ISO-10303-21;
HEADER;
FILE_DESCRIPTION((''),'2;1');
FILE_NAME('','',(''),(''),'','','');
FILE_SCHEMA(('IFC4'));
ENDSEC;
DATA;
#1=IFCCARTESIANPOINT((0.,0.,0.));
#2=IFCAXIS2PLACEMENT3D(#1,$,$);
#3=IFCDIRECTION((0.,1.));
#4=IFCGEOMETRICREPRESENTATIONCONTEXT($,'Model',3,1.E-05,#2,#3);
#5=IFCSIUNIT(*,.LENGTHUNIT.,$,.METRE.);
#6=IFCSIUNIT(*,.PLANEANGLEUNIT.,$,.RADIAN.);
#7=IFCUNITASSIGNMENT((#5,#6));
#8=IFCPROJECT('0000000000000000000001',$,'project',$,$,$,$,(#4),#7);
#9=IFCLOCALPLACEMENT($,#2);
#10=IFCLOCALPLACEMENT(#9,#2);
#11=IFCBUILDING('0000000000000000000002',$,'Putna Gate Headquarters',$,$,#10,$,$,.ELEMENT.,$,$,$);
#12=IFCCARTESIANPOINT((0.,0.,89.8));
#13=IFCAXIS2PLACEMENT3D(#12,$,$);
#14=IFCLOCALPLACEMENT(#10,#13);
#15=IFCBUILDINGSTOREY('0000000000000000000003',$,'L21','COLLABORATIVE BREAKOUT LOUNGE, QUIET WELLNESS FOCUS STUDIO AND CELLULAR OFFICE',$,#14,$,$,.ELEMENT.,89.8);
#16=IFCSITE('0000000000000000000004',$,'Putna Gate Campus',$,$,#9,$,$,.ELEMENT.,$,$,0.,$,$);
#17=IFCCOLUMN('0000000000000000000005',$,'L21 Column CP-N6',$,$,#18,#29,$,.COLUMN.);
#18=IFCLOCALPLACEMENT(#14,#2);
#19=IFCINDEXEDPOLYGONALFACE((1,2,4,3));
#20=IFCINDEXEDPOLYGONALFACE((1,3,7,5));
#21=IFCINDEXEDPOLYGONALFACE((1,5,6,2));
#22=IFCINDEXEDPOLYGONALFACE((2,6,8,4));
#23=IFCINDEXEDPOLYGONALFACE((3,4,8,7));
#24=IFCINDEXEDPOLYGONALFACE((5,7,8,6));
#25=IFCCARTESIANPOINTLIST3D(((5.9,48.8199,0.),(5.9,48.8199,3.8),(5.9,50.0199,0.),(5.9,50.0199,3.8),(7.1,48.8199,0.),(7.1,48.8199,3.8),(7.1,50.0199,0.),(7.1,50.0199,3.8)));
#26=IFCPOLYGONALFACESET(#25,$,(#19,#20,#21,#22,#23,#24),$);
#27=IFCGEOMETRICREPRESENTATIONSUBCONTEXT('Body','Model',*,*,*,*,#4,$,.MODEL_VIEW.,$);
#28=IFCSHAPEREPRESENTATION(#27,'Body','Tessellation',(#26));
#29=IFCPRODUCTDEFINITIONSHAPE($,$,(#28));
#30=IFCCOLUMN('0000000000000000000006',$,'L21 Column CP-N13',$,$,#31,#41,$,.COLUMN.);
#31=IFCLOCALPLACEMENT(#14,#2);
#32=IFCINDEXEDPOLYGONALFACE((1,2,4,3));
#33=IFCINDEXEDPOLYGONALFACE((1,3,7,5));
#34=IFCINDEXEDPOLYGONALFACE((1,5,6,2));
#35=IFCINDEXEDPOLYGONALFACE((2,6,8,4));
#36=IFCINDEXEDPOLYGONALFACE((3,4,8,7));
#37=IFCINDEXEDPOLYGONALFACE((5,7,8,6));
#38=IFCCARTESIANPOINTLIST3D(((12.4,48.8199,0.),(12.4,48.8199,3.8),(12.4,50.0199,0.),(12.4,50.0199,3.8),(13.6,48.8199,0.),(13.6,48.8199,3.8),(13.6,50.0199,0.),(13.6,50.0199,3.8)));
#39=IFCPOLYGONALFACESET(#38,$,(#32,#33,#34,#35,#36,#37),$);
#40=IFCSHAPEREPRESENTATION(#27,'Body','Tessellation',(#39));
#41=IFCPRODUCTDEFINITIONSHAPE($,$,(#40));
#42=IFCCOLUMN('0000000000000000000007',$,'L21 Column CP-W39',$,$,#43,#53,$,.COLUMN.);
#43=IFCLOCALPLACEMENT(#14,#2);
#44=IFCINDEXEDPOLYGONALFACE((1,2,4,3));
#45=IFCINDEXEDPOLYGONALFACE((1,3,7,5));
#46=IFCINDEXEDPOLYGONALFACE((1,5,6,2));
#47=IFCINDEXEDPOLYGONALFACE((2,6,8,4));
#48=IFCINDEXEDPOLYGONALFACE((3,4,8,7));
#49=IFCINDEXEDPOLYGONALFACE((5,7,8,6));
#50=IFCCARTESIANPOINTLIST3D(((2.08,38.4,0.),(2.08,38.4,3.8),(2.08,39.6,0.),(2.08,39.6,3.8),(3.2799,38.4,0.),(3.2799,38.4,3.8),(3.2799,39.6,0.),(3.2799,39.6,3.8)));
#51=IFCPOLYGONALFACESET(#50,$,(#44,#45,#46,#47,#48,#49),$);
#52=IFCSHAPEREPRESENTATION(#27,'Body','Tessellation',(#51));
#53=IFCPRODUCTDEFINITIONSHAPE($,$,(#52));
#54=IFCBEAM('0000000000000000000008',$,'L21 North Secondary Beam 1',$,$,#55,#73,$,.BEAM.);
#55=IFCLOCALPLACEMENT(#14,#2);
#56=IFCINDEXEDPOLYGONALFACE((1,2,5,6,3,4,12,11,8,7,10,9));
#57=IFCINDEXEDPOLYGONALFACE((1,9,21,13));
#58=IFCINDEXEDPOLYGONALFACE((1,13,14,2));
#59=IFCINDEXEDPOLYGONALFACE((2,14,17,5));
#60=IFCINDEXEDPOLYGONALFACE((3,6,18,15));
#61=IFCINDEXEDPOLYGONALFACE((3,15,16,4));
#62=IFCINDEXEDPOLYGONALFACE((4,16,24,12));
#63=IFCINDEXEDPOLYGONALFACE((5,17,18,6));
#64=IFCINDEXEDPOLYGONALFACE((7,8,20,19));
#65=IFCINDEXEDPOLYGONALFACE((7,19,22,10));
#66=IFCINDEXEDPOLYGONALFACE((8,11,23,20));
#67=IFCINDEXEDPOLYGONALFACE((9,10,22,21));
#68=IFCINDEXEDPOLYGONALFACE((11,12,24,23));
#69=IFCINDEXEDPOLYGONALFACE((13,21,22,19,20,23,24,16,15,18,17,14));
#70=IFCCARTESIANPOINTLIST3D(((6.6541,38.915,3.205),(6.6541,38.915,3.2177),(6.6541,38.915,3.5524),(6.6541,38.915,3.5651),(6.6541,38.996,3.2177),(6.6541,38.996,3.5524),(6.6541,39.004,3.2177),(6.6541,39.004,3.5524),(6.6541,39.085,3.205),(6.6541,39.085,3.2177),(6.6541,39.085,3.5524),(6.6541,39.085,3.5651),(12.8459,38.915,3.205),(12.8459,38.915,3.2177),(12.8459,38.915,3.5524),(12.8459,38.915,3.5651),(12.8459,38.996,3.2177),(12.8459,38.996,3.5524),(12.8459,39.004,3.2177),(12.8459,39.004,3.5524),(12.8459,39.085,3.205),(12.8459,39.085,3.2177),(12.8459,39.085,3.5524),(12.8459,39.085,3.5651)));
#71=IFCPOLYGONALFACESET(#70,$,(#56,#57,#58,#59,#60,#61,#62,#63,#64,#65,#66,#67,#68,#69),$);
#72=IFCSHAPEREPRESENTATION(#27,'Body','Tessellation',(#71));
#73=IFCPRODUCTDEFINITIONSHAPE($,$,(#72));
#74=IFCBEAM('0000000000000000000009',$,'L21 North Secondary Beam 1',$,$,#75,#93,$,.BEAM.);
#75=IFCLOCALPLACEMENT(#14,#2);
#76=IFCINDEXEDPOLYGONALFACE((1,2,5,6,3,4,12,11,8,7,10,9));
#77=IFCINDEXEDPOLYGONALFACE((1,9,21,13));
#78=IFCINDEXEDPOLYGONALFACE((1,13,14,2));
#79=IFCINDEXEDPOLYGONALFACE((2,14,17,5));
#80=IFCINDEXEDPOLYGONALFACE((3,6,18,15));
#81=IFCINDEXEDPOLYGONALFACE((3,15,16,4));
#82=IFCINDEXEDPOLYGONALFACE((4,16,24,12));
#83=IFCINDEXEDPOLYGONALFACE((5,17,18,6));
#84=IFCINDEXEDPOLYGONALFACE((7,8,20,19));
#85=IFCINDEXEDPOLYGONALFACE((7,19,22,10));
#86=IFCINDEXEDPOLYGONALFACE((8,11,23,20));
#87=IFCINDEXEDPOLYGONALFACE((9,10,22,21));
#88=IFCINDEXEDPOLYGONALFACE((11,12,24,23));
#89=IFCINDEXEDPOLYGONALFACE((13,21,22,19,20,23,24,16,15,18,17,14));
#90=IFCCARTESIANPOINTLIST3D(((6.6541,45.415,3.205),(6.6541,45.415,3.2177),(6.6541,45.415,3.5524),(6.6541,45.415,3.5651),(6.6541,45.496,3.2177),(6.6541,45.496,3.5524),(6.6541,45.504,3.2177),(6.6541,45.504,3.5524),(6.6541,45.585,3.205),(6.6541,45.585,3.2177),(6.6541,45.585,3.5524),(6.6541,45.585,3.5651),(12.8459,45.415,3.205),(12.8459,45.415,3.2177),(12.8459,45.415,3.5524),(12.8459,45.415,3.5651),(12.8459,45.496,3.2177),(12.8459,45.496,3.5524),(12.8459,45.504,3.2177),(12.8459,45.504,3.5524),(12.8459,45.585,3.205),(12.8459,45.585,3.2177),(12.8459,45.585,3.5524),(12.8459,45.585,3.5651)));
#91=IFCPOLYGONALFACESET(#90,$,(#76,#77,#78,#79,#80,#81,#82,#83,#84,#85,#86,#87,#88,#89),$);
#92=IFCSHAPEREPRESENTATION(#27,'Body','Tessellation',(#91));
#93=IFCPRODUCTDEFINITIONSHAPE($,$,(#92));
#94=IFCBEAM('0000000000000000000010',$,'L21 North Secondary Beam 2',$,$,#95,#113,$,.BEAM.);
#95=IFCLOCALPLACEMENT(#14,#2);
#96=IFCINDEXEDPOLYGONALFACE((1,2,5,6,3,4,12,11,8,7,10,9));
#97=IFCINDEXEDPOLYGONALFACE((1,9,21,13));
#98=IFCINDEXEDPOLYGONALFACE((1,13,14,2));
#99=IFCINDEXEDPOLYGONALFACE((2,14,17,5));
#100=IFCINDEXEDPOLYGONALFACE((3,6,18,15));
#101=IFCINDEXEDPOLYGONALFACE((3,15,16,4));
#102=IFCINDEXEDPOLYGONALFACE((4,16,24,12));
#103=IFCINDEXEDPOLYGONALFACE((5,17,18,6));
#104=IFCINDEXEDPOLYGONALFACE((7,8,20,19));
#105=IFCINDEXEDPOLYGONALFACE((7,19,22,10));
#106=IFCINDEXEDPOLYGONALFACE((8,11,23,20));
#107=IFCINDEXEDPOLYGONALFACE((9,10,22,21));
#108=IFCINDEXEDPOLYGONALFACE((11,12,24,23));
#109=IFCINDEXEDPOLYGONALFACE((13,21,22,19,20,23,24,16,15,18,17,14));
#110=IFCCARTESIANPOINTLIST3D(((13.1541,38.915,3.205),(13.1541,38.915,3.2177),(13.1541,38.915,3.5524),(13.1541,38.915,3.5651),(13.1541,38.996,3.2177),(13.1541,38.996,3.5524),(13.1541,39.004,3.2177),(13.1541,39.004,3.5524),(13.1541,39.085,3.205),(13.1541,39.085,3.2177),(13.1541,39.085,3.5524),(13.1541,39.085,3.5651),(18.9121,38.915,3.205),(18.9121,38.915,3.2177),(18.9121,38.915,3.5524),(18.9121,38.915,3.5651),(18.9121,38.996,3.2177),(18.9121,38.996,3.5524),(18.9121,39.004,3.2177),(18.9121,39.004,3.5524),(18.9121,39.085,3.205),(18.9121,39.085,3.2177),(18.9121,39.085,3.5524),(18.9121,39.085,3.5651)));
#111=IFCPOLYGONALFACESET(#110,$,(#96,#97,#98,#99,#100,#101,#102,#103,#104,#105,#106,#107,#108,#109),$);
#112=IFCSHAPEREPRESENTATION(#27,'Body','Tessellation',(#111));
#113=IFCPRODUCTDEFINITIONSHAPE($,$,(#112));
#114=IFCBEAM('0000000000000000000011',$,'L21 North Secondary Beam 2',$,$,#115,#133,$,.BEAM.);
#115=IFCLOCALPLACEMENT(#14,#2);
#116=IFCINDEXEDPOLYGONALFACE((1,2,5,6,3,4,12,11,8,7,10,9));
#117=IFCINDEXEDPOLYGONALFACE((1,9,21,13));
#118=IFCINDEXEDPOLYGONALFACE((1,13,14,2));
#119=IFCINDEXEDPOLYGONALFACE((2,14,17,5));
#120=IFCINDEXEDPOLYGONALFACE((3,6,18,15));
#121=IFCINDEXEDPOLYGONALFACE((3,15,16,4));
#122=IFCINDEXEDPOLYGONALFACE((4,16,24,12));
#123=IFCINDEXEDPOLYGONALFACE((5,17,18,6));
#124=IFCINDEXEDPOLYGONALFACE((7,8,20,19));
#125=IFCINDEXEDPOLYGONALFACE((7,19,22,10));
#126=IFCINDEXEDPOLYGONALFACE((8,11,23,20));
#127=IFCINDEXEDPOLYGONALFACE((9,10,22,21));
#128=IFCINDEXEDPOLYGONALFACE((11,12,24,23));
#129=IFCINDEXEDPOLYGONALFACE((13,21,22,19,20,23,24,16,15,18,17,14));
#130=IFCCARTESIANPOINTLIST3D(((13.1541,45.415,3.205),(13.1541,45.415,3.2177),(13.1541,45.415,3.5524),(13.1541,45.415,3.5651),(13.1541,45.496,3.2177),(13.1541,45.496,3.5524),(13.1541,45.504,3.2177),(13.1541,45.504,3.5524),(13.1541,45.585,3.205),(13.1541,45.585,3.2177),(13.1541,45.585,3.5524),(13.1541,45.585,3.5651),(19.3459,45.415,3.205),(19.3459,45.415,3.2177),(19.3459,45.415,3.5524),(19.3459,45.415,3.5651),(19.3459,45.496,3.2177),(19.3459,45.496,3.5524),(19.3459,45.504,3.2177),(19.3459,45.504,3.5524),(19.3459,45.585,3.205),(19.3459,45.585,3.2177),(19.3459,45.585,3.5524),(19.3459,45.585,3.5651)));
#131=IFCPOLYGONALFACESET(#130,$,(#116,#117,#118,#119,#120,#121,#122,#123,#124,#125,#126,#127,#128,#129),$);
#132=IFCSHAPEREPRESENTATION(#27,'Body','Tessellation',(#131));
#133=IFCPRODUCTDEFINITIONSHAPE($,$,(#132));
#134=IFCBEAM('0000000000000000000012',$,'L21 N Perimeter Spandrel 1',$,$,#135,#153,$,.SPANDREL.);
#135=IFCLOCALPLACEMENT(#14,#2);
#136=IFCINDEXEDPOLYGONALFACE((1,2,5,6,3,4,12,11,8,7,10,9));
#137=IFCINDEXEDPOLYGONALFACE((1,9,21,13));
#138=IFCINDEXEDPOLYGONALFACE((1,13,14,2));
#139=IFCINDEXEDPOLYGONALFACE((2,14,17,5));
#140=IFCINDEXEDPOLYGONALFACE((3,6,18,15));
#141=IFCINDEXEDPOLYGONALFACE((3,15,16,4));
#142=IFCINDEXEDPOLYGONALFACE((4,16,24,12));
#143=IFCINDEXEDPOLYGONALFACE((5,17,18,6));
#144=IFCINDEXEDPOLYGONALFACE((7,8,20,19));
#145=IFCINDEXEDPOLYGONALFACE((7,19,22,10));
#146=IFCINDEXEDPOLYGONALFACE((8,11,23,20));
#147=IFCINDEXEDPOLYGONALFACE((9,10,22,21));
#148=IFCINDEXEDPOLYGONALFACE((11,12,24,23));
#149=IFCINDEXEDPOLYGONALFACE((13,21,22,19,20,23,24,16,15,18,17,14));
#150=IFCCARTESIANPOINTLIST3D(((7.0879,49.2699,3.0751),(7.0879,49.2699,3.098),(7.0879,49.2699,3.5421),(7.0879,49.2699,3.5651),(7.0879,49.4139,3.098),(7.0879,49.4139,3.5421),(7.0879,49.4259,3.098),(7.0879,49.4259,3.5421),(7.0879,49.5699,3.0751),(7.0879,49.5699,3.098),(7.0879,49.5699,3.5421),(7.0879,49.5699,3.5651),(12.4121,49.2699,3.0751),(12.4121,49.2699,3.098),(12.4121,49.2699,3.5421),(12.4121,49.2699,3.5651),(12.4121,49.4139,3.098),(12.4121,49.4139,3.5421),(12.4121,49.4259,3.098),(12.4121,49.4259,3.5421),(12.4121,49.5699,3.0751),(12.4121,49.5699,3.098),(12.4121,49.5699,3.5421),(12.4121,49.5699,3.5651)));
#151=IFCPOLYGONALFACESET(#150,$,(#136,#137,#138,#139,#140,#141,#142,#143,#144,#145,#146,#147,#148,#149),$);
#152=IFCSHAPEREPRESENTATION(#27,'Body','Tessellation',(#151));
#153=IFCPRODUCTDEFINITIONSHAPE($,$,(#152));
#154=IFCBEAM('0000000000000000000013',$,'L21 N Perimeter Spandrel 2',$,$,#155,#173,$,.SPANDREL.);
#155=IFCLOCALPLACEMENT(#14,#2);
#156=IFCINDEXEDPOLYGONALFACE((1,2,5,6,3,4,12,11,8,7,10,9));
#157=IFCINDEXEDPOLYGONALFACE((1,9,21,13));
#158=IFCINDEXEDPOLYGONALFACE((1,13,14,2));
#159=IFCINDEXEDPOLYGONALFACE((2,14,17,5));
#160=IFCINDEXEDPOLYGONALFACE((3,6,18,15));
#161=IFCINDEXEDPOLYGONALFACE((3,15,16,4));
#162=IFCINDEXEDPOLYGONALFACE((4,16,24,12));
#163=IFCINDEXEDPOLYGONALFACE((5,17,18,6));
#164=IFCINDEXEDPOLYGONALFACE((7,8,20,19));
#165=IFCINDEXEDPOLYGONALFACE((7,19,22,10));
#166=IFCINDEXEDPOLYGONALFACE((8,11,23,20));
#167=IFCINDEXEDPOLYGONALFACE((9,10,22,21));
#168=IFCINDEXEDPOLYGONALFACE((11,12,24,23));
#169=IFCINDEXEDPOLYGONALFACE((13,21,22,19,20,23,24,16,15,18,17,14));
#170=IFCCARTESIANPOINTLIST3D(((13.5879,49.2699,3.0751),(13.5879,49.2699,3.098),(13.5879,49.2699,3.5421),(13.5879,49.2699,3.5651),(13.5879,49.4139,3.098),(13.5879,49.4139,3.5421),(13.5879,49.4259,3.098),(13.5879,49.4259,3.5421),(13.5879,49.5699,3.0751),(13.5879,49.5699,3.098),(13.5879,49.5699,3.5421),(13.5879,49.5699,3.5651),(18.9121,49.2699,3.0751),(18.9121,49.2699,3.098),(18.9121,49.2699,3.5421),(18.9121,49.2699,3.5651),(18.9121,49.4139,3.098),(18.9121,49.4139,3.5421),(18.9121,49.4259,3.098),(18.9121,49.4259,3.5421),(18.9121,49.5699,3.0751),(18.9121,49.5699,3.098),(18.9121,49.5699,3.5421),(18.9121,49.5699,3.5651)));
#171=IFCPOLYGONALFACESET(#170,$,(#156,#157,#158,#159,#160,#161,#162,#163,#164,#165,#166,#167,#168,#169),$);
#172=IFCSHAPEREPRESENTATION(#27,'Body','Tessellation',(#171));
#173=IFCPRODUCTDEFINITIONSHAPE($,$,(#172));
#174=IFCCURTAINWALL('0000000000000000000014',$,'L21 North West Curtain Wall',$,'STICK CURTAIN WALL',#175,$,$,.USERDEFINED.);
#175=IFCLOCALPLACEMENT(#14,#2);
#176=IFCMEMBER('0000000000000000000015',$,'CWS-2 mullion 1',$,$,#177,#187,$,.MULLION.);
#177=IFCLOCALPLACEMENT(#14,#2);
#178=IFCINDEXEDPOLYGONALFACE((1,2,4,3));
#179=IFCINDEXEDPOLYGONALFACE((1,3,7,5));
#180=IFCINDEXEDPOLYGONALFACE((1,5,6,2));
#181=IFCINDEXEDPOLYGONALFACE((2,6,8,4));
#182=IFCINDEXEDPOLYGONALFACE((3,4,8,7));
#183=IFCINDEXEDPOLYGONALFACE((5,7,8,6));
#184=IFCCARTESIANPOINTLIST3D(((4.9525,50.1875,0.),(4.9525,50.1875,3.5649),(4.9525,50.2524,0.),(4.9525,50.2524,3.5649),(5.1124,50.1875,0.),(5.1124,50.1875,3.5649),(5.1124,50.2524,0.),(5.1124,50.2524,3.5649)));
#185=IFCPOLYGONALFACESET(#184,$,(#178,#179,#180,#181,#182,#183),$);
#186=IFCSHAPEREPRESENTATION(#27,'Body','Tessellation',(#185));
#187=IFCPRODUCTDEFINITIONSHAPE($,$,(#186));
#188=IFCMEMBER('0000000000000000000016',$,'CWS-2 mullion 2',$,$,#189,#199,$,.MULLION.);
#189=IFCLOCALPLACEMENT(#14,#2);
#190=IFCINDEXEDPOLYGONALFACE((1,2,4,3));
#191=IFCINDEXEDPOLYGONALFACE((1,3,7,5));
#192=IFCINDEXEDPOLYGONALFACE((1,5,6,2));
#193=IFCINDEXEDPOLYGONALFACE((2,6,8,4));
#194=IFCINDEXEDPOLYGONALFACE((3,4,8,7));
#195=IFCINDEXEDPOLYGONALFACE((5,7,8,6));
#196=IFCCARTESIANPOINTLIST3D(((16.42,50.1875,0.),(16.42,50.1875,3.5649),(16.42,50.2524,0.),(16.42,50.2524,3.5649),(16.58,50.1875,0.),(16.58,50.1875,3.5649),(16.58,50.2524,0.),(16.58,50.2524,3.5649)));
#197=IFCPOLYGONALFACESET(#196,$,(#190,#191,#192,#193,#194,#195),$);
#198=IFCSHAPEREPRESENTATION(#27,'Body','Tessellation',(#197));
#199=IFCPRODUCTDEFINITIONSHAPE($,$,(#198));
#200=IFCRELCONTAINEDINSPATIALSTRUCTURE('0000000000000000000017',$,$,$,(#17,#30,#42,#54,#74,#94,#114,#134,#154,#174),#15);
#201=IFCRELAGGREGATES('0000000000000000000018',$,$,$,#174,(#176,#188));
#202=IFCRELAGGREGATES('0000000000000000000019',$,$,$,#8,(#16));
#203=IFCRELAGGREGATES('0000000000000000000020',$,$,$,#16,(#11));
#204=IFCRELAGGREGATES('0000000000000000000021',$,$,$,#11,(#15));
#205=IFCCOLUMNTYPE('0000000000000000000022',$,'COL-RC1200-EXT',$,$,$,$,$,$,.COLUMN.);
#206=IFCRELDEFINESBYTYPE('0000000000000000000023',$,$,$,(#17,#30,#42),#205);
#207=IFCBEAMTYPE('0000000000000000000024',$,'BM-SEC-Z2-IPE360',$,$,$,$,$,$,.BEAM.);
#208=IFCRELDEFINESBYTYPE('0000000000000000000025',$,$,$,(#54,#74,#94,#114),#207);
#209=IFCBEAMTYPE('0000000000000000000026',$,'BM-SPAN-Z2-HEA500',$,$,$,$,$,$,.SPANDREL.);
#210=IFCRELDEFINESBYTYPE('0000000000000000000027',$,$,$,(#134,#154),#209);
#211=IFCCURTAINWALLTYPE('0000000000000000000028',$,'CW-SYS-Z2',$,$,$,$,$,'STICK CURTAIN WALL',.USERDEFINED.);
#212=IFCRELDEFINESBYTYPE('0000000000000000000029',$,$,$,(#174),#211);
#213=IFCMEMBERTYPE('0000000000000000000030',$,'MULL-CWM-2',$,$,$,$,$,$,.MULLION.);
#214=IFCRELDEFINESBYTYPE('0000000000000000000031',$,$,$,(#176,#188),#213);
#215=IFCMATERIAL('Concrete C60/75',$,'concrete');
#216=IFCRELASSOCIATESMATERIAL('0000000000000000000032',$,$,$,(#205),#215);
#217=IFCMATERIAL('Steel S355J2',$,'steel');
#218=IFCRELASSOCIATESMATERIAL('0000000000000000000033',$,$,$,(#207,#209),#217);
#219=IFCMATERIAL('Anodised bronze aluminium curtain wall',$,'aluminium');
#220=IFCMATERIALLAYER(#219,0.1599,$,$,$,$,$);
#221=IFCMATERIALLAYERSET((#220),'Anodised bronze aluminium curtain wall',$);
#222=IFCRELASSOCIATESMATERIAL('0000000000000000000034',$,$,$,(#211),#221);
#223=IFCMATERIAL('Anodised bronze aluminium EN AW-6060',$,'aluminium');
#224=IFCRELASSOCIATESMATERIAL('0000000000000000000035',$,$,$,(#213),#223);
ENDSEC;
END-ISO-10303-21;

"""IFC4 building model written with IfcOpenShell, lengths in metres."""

from ifc_helpers import new_model, si_unit, direction, frame, origin, origin_2d, place, context, subcontext, project, spatial, rectangle, i_section, extrude, material, layer, layer_set, material_profile, profile_set, type_object, element, aggregate, save


model = new_model("IFC4")

# Units and contexts
model_context = context("Model", 3, precision=1e-05, world=origin(), true_north=direction((0.0, 1.0)))
body_context = subcontext(model_context, "Body", "Model", "MODEL_VIEW")
ifc_project = project(units=[si_unit("LENGTHUNIT", "METRE"), si_unit("PLANEANGLEUNIT", "RADIAN")], contexts=[model_context])

# Site, building, storey
site_placement = place(None, origin())
site = spatial("IfcSite", under=ifc_project, at=site_placement, Name="Putna Gate Campus", CompositionType="ELEMENT", RefElevation=0.0)
building_placement = place(site_placement, origin())
building = spatial("IfcBuilding", under=site, at=building_placement, Name="Putna Gate Headquarters", CompositionType="ELEMENT")
storey_placement = place(building_placement, frame((0.0, 0.0, 89.8)))
storey = spatial("IfcBuildingStorey", under=building, at=storey_placement, Name="L21", Description="COLLABORATIVE BREAKOUT LOUNGE, QUIET WELLNESS FOCUS STUDIO AND CELLULAR OFFICE", CompositionType="ELEMENT", Elevation=89.8)

# Columns
ifc_material_1 = material(Name="Concrete C60/75", Category="concrete")
ifc_material_profile_1 = material_profile(ifc_material_1, rectangle(XDim=1.2, YDim=1.2, at=origin_2d()), Name="Concrete C60/75")
ifc_profile_set_1 = profile_set([ifc_material_profile_1], Name="Concrete C60/75")
column_type = type_object("IfcColumnType", Name="COL-RC1200-EXT", PredefinedType="COLUMN", material=ifc_profile_set_1)
for number, where, z_axis, x_axis, name in (
    (1, (6.5, 49.4199, 0.0), (0.0, 0.0, 1.0), (1.0, 0.0, 0.0), "L21 Column CP-N6"),
    (2, (13.0, 49.4199, 0.0), (0.0, 0.0, 1.0), (1.0, 0.0, 0.0), "L21 Column CP-N13"),
    (3, (2.6799, 39.0, 0.0), (0.0, 0.0, 1.0), (1.0, 0.0, 0.0), "L21 Column CP-W39"),
):
    element("IfcColumn", number, at=place(storey_placement, frame(where, z_axis=z_axis, x_axis=x_axis)), inside=storey, type_object=column_type, Name=name, PredefinedType="COLUMN", context=body_context, shape_type="SweptSolid", body=[
        extrude(rectangle(XDim=1.2, YDim=1.2, at=origin_2d()), origin(), (0.0, 0.0, 1.0), 3.8),
    ])

# Beams
ifc_material_2 = material(Name="Steel S355J2", Category="steel")
ifc_material_profile_2 = material_profile(ifc_material_2, i_section(OverallWidth=0.1699, OverallDepth=0.3601, WebThickness=0.0081, FlangeThickness=0.0127, at=origin_2d()), Name="Steel S355J2")
ifc_profile_set_2 = profile_set([ifc_material_profile_2], Name="Steel S355J2")
beam_type_1 = type_object("IfcBeamType", Name="BM-SEC-Z2-IPE360", PredefinedType="BEAM", material=ifc_profile_set_2)
for number, where, z_axis, x_axis, name in (
    (4, (6.6541, 39.0, 3.385), (1.0, 0.0, 0.0), (0.0, 1.0, 0.0), "L21 North Secondary Beam 1"),
    (5, (6.6541, 45.5, 3.385), (1.0, 0.0, 0.0), (0.0, 1.0, 0.0), "L21 North Secondary Beam 1"),
):
    element("IfcBeam", number, at=place(storey_placement, frame(where, z_axis=z_axis, x_axis=x_axis)), inside=storey, type_object=beam_type_1, Name=name, PredefinedType="BEAM", context=body_context, shape_type="SweptSolid", body=[
        extrude(i_section(OverallWidth=0.1699, OverallDepth=0.3601, WebThickness=0.0081, FlangeThickness=0.0127, at=origin_2d()), origin(), (0.0, 0.0, 1.0), 6.1919),
    ])
beam_1_placement = place(storey_placement, frame((13.1541, 39.0, 3.385), z_axis=(1.0, 0.0, 0.0), x_axis=(0.0, 1.0, 0.0)))
element("IfcBeam", 6, at=beam_1_placement, inside=storey, type_object=beam_type_1, Name="L21 North Secondary Beam 2", PredefinedType="BEAM", context=body_context, shape_type="SweptSolid", body=[
    extrude(i_section(OverallWidth=0.1699, OverallDepth=0.3601, WebThickness=0.0081, FlangeThickness=0.0127, at=origin_2d()), origin(), (0.0, 0.0, 1.0), 5.7581),
])
beam_2_placement = place(storey_placement, frame((13.1541, 45.5, 3.385), z_axis=(1.0, 0.0, 0.0), x_axis=(0.0, 1.0, 0.0)))
element("IfcBeam", 7, at=beam_2_placement, inside=storey, type_object=beam_type_1, Name="L21 North Secondary Beam 2", PredefinedType="BEAM", context=body_context, shape_type="SweptSolid", body=[
    extrude(i_section(OverallWidth=0.1699, OverallDepth=0.3601, WebThickness=0.0081, FlangeThickness=0.0127, at=origin_2d()), origin(), (0.0, 0.0, 1.0), 6.1919),
])
ifc_material_profile_3 = material_profile(ifc_material_2, i_section(OverallWidth=0.3, OverallDepth=0.49, WebThickness=0.012, FlangeThickness=0.0229, at=origin_2d()), Name="Steel S355J2")
ifc_profile_set_3 = profile_set([ifc_material_profile_3], Name="Steel S355J2")
beam_type_2 = type_object("IfcBeamType", Name="BM-SPAN-Z2-HEA500", PredefinedType="SPANDREL", material=ifc_profile_set_3)
for number, where, z_axis, x_axis, name in (
    (8, (7.0879, 49.4199, 3.3201), (1.0, 0.0, 0.0), (0.0, 1.0, 0.0), "L21 N Perimeter Spandrel 1"),
    (9, (13.5879, 49.4199, 3.3201), (1.0, 0.0, 0.0), (0.0, 1.0, 0.0), "L21 N Perimeter Spandrel 2"),
):
    element("IfcBeam", number, at=place(storey_placement, frame(where, z_axis=z_axis, x_axis=x_axis)), inside=storey, type_object=beam_type_2, Name=name, PredefinedType="SPANDREL", context=body_context, shape_type="SweptSolid", body=[
        extrude(i_section(OverallWidth=0.3, OverallDepth=0.49, WebThickness=0.012, FlangeThickness=0.0229, at=origin_2d()), origin(), (0.0, 0.0, 1.0), 5.3242),
    ])

# Curtain wall, members
ifc_material_3 = material(Name="Anodised bronze aluminium curtain wall", Category="aluminium")
ifc_layer_1 = layer(ifc_material_3, 0.1599)
ifc_layer_set_1 = layer_set([ifc_layer_1], Name="Anodised bronze aluminium curtain wall")
curtain_wall_type = type_object("IfcCurtainWallType", Name="CW-SYS-Z2", ElementType="STICK CURTAIN WALL", PredefinedType="USERDEFINED", material=ifc_layer_set_1)
curtain_wall_1_placement = place(storey_placement, origin())
curtain_wall_1 = element("IfcCurtainWall", 10, at=curtain_wall_1_placement, inside=storey, type_object=curtain_wall_type, Name="L21 North West Curtain Wall", ObjectType="STICK CURTAIN WALL", PredefinedType="USERDEFINED")
ifc_material_4 = material(Name="Anodised bronze aluminium EN AW-6060", Category="aluminium")
ifc_material_profile_4 = material_profile(ifc_material_4, rectangle(XDim=0.0649, YDim=0.1599, at=origin_2d()), Name="Anodised bronze aluminium EN AW-6060")
ifc_profile_set_4 = profile_set([ifc_material_profile_4], Name="Anodised bronze aluminium EN AW-6060")
member_type_1 = type_object("IfcMemberType", Name="MULL-CWM-2", PredefinedType="MULLION", material=ifc_profile_set_4)
member_1_placement = place(storey_placement, frame((5.0325, 50.22, 0.0), z_axis=(0.0, 0.0, 1.0), x_axis=(0.0, 1.0, 0.0)))
member_1 = element("IfcMember", 11, at=member_1_placement, type_object=member_type_1, Name="CWS-2 mullion 1", PredefinedType="MULLION", context=body_context, shape_type="SweptSolid", body=[
    extrude(rectangle(XDim=0.0649, YDim=0.1599, at=origin_2d()), origin(), (0.0, 0.0, 1.0), 3.5649),
])
member_2_placement = place(storey_placement, frame((16.5, 50.22, 0.0), z_axis=(0.0, 0.0, 1.0), x_axis=(0.0, 1.0, 0.0)))
member_2 = element("IfcMember", 12, at=member_2_placement, type_object=member_type_1, Name="CWS-2 mullion 2", PredefinedType="MULLION", context=body_context, shape_type="SweptSolid", body=[
    extrude(rectangle(XDim=0.0649, YDim=0.1599, at=origin_2d()), origin(), (0.0, 0.0, 1.0), 3.5649),
])

aggregate(curtain_wall_1, [member_1, member_2])

save(model, "model.ifc")
